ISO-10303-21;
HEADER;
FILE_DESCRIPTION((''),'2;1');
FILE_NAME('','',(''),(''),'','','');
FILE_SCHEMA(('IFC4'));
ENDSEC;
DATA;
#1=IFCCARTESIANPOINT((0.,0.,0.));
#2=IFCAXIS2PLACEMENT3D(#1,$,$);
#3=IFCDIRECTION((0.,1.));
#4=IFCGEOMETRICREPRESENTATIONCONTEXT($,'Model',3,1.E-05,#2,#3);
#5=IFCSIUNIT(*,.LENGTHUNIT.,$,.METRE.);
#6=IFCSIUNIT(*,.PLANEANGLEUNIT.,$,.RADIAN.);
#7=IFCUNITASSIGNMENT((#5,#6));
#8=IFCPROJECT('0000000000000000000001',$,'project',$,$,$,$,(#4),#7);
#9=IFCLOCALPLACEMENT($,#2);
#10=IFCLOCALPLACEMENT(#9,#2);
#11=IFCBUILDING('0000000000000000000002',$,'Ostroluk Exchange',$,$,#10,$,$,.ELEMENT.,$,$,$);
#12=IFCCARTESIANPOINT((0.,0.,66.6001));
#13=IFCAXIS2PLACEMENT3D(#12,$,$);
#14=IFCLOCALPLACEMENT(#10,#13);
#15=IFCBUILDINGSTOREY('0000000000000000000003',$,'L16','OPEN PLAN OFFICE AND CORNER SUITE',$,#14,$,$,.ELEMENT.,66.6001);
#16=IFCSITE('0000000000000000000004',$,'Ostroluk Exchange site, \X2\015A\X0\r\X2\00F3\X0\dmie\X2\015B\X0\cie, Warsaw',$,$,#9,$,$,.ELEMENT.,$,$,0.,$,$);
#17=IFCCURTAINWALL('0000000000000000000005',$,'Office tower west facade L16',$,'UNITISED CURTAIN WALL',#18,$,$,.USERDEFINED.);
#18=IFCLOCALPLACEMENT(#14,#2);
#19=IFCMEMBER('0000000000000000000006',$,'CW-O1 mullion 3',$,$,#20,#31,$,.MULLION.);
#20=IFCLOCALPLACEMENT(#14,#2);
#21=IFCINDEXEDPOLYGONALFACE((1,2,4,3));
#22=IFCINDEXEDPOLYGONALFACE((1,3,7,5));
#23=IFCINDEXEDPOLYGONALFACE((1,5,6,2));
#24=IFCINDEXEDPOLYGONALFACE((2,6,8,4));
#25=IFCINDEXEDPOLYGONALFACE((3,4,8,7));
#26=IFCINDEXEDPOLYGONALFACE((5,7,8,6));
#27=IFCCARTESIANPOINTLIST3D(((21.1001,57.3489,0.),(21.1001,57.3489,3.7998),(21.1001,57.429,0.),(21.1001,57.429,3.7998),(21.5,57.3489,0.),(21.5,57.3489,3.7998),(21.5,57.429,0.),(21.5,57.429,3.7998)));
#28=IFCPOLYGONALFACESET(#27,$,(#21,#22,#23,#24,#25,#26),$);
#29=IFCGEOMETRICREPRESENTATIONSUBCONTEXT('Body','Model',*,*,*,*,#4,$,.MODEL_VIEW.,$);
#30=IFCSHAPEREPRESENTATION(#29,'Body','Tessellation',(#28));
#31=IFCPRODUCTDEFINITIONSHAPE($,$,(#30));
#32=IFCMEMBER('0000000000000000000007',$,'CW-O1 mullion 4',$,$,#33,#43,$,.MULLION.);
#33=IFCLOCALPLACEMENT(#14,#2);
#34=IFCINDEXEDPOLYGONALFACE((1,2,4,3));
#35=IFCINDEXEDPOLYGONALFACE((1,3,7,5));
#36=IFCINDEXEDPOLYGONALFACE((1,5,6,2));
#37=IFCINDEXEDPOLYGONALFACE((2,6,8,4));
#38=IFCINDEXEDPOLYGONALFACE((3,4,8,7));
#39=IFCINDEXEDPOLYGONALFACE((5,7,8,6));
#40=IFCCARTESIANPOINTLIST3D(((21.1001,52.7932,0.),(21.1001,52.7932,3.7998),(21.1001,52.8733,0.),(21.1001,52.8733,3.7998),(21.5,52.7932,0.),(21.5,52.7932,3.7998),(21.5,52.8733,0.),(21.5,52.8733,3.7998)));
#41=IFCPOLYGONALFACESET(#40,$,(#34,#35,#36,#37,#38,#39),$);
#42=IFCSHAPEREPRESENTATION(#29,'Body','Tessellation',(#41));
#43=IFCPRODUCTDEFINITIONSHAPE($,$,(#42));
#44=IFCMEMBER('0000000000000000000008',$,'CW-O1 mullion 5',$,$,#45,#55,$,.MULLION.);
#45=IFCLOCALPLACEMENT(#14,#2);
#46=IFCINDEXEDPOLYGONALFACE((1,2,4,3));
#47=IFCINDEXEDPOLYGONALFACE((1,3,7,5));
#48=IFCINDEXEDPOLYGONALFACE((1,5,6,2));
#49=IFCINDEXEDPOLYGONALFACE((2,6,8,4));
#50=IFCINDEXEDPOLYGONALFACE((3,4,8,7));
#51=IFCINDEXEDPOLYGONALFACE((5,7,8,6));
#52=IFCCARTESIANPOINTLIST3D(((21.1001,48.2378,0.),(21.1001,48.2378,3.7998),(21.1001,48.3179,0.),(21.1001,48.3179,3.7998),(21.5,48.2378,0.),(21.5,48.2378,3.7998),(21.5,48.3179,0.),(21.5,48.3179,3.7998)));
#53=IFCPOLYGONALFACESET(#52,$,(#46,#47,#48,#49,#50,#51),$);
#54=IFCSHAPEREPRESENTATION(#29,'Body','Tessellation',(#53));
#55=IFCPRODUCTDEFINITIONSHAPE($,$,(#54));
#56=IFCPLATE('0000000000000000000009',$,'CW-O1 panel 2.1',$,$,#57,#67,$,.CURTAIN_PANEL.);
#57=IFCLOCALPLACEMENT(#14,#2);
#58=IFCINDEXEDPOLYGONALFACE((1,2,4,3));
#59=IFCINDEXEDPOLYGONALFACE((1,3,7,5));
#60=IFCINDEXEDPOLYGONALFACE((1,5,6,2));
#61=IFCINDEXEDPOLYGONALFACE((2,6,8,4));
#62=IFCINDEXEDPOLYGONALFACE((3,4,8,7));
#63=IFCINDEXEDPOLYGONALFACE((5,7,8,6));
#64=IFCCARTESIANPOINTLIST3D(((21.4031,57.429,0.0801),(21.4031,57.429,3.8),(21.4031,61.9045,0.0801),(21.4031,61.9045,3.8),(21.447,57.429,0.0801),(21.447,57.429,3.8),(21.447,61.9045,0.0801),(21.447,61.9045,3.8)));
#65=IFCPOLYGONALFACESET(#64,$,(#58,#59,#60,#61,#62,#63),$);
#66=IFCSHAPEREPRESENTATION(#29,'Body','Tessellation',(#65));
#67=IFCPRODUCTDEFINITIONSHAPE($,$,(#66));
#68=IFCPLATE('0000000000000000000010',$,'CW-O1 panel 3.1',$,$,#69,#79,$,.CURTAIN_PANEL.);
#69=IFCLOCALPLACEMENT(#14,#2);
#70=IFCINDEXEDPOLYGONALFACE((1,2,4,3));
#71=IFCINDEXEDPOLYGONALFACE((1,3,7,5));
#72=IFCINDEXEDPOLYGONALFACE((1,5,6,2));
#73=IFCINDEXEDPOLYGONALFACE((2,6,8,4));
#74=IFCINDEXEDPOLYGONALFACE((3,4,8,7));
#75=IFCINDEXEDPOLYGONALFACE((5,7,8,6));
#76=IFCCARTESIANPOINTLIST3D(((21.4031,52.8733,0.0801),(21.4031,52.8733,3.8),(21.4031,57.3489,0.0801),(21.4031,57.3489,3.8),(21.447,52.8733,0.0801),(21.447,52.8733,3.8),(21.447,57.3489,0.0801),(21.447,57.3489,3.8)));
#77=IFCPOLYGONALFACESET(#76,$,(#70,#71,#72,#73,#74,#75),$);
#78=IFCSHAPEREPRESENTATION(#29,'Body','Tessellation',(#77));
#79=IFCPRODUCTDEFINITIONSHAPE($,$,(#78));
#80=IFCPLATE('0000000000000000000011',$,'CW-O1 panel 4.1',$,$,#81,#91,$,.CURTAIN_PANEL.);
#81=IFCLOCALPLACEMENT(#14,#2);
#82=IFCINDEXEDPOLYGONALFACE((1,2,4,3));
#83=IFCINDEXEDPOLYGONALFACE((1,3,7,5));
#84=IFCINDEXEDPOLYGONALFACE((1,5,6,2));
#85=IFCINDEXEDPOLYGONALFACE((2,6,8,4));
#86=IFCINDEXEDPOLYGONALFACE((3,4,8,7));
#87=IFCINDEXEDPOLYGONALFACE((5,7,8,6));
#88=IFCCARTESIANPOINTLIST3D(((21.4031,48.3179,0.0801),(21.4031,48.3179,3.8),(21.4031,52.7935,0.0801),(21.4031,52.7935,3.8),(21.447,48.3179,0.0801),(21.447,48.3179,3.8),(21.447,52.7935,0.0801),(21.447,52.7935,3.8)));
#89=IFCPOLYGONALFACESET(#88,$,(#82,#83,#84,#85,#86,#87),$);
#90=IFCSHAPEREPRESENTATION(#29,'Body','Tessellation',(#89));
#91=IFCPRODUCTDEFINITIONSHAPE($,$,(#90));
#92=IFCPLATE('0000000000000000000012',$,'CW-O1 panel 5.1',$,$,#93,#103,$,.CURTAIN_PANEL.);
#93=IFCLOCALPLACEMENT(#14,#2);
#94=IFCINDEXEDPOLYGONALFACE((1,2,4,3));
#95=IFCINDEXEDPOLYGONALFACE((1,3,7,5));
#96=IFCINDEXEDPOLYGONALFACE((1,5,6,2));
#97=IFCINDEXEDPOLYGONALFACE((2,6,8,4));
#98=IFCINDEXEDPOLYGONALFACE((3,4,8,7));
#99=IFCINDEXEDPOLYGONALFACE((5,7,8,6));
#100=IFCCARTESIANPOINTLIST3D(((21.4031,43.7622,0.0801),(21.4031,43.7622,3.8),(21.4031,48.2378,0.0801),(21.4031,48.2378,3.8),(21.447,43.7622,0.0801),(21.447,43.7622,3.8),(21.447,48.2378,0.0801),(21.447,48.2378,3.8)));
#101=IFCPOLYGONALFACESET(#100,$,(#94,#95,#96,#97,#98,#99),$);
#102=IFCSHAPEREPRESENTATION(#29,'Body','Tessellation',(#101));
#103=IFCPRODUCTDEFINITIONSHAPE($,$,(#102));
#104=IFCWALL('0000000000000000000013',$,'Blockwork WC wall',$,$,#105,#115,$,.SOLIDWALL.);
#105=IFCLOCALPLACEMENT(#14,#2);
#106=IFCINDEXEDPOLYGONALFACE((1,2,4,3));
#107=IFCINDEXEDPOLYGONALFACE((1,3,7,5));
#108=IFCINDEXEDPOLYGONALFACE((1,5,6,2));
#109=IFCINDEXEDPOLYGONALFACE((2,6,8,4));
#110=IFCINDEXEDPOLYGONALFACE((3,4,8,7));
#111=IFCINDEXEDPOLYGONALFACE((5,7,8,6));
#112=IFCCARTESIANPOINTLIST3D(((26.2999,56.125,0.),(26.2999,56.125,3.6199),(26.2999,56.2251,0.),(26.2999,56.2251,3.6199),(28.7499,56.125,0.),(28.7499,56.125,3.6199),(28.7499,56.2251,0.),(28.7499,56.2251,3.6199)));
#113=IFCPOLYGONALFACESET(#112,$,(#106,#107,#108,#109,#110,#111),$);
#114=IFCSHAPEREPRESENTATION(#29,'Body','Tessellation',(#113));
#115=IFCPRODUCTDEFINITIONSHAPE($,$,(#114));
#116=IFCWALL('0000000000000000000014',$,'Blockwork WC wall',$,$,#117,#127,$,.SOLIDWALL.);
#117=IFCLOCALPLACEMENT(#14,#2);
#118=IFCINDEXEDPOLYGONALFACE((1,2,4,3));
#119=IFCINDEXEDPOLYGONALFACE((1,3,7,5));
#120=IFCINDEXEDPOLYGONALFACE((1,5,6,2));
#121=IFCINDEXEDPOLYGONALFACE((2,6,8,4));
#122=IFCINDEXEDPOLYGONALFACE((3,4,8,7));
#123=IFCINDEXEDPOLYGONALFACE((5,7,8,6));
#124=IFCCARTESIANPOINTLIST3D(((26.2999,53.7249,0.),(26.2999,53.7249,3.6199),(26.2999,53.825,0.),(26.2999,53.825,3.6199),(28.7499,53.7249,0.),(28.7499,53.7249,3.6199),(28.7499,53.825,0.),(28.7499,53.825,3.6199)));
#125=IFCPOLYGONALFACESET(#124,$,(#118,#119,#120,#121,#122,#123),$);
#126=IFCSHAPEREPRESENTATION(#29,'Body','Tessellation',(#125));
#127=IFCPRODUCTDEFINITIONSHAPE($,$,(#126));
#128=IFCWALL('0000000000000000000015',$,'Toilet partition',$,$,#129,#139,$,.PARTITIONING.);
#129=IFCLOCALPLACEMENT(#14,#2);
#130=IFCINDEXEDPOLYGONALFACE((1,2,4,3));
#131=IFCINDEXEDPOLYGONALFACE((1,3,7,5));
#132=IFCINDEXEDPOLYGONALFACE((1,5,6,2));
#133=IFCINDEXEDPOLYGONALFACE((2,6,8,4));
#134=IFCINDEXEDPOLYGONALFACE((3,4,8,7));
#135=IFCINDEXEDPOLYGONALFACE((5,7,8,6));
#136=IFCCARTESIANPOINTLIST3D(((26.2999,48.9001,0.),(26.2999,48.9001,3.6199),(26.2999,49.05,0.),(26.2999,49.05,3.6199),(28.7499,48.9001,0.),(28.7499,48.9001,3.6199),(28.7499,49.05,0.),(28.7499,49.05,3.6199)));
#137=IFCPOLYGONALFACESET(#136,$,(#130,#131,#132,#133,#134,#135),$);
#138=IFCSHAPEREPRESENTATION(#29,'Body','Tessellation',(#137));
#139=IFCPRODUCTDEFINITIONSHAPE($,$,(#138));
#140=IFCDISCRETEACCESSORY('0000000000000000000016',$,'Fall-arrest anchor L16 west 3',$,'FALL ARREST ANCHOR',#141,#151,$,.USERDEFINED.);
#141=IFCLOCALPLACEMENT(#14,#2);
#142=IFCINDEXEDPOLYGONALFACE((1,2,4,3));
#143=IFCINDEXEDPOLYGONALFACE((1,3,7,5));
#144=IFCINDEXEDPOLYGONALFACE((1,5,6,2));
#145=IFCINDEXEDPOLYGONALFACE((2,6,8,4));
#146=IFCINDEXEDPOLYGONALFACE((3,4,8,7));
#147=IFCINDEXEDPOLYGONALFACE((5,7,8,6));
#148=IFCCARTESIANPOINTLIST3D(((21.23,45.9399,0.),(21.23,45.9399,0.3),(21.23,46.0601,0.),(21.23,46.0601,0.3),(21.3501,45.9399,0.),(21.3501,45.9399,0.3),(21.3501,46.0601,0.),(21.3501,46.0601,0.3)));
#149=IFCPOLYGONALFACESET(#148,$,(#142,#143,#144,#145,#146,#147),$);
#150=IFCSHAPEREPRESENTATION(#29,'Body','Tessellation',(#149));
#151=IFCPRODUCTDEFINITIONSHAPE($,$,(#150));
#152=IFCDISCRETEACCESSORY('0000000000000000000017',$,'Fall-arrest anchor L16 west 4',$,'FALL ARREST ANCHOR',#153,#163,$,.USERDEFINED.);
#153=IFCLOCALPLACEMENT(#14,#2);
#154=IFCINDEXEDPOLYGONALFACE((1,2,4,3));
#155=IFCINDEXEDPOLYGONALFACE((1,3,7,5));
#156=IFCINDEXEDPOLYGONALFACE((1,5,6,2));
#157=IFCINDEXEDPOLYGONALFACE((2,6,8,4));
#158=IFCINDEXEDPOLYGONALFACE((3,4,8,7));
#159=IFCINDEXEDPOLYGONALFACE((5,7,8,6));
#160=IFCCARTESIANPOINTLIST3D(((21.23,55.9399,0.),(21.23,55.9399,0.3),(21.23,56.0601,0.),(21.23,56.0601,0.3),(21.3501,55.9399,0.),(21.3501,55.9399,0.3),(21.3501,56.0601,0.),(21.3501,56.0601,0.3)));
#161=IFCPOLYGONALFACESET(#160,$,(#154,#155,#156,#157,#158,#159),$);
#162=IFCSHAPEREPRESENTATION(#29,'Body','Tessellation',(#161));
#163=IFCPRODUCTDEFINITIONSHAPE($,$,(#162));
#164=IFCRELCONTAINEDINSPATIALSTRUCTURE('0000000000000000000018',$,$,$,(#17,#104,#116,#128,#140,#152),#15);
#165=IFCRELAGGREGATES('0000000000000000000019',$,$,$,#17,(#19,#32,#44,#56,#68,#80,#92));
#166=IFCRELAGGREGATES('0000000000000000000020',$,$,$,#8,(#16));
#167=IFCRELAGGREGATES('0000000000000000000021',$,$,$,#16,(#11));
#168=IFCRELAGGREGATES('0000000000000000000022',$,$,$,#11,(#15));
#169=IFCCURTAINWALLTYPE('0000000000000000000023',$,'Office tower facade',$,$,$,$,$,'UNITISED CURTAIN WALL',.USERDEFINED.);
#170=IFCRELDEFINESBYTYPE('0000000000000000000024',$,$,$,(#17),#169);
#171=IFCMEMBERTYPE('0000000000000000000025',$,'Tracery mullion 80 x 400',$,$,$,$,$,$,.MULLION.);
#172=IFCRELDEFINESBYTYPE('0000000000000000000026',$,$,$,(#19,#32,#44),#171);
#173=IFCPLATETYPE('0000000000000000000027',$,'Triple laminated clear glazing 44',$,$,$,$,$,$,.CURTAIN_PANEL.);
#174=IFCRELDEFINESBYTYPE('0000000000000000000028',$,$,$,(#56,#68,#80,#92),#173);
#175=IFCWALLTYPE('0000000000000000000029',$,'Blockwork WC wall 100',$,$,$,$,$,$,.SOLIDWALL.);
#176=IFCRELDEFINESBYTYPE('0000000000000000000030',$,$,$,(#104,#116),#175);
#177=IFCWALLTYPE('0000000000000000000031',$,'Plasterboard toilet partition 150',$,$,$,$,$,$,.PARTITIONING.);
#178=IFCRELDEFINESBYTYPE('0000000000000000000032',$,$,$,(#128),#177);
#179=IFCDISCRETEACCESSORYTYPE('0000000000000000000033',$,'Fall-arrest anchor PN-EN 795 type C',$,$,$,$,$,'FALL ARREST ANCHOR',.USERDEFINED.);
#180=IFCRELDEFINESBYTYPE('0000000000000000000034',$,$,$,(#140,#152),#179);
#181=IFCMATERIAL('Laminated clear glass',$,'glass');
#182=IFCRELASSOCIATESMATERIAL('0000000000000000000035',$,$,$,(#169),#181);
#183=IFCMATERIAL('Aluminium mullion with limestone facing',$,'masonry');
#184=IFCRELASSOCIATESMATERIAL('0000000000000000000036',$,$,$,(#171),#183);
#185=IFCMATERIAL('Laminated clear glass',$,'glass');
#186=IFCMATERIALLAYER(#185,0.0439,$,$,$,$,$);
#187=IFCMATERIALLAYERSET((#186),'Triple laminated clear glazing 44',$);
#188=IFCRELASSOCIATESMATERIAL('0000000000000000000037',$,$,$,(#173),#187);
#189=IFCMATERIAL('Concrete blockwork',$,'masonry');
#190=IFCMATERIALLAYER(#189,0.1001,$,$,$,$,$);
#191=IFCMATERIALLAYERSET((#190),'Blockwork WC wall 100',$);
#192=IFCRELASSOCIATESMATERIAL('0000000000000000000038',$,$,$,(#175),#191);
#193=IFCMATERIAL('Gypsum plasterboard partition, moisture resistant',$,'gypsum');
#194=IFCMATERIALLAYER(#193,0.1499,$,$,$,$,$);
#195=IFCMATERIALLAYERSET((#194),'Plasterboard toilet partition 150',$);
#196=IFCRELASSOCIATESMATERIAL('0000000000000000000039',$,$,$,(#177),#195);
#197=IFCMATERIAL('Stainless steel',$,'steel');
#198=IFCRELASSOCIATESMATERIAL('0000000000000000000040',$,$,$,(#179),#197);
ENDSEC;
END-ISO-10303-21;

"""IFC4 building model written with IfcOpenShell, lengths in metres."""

from ifc_helpers import new_model, si_unit, direction, frame, frame_2d, origin, origin_2d, place, context, subcontext, project, spatial, rectangle, extrude, material, layer, layer_set, material_profile, profile_set, type_object, element, aggregate, save


model = new_model("IFC4")

# Units and contexts
model_context = context("Model", 3, precision=1e-05, world=origin(), true_north=direction((0.0, 1.0)))
body_context = subcontext(model_context, "Body", "Model", "MODEL_VIEW")
ifc_project = project(units=[si_unit("LENGTHUNIT", "METRE"), si_unit("PLANEANGLEUNIT", "RADIAN")], contexts=[model_context])

# Site, building, storey
site_placement = place(None, origin())
site = spatial("IfcSite", under=ifc_project, at=site_placement, Name="Ostroluk Exchange site, Śródmieście, Warsaw", CompositionType="ELEMENT", RefElevation=0.0)
building_placement = place(site_placement, origin())
building = spatial("IfcBuilding", under=site, at=building_placement, Name="Ostroluk Exchange", CompositionType="ELEMENT")
storey_placement = place(building_placement, frame((0.0, 0.0, 66.6001)))
storey = spatial("IfcBuildingStorey", under=building, at=storey_placement, Name="L16", Description="OPEN PLAN OFFICE AND CORNER SUITE", CompositionType="ELEMENT", Elevation=66.6001)

# Curtain wall, members, plates
ifc_material_1 = material(Name="Laminated clear glass", Category="glass")
curtain_wall_type = type_object("IfcCurtainWallType", Name="Office tower facade", ElementType="UNITISED CURTAIN WALL", PredefinedType="USERDEFINED", material=ifc_material_1)
curtain_wall_placement = place(storey_placement, origin())
curtain_wall = element("IfcCurtainWall", 1, at=curtain_wall_placement, inside=storey, type_object=curtain_wall_type, Name="Office tower west facade L16", ObjectType="UNITISED CURTAIN WALL", PredefinedType="USERDEFINED")
ifc_material_2 = material(Name="Aluminium mullion with limestone facing", Category="masonry")
ifc_material_profile_1 = material_profile(ifc_material_2, rectangle(XDim=0.3999, YDim=0.0801, at=origin_2d()), Name="Tracery mullion 80 x 400")
ifc_profile_set_1 = profile_set([ifc_material_profile_1], Name="Aluminium mullion with limestone facing")
member_type_1 = type_object("IfcMemberType", Name="Tracery mullion 80 x 400", PredefinedType="MULLION", material=ifc_profile_set_1)
member_1_placement = place(storey_placement, frame((21.3, 57.3889, 0.0), z_axis=(0.0, 0.0, 1.0), x_axis=(1.0, 0.0, 0.0)))
member_1 = element("IfcMember", 2, at=member_1_placement, type_object=member_type_1, Name="CW-O1 mullion 3", PredefinedType="MULLION", context=body_context, shape_type="SweptSolid", body=[
    extrude(rectangle(XDim=0.3999, YDim=0.0801, at=origin_2d()), origin(), (0.0, 0.0, 1.0), 3.7998),
])
member_2_placement = place(storey_placement, frame((21.3, 52.8333, 0.0), z_axis=(0.0, 0.0, 1.0), x_axis=(1.0, 0.0, 0.0)))
member_2 = element("IfcMember", 3, at=member_2_placement, type_object=member_type_1, Name="CW-O1 mullion 4", PredefinedType="MULLION", context=body_context, shape_type="SweptSolid", body=[
    extrude(rectangle(XDim=0.3999, YDim=0.0801, at=origin_2d()), origin(), (0.0, 0.0, 1.0), 3.7998),
])
member_3_placement = place(storey_placement, frame((21.3, 48.2778, 0.0), z_axis=(0.0, 0.0, 1.0), x_axis=(1.0, 0.0, 0.0)))
member_3 = element("IfcMember", 4, at=member_3_placement, type_object=member_type_1, Name="CW-O1 mullion 5", PredefinedType="MULLION", context=body_context, shape_type="SweptSolid", body=[
    extrude(rectangle(XDim=0.3999, YDim=0.0801, at=origin_2d()), origin(), (0.0, 0.0, 1.0), 3.7998),
])
ifc_material_3 = material(Name="Laminated clear glass", Category="glass")
ifc_layer_1 = layer(ifc_material_3, 0.0439)
ifc_layer_set_1 = layer_set([ifc_layer_1], Name="Triple laminated clear glazing 44")
plate_type = type_object("IfcPlateType", Name="Triple laminated clear glazing 44", PredefinedType="CURTAIN_PANEL", material=ifc_layer_set_1)
plate_1_placement = place(storey_placement, frame((21.425, 59.6667, 0.0801), z_axis=(0.0, 0.0, 1.0), x_axis=(0.0, -1.0, 0.0)))
plate_1 = element("IfcPlate", 5, at=plate_1_placement, type_object=plate_type, Name="CW-O1 panel 2.1", PredefinedType="CURTAIN_PANEL", context=body_context, shape_type="SweptSolid", body=[
    extrude(rectangle(XDim=4.4756, YDim=0.0439, at=origin_2d()), origin(), (0.0, 0.0, 1.0), 3.72),
])
plate_2_placement = place(storey_placement, frame((21.425, 55.1111, 0.0801), z_axis=(0.0, 0.0, 1.0), x_axis=(0.0, -1.0, 0.0)))
plate_2 = element("IfcPlate", 6, at=plate_2_placement, type_object=plate_type, Name="CW-O1 panel 3.1", PredefinedType="CURTAIN_PANEL", context=body_context, shape_type="SweptSolid", body=[
    extrude(rectangle(XDim=4.4756, YDim=0.0439, at=origin_2d()), origin(), (0.0, 0.0, 1.0), 3.72),
])
plate_3_placement = place(storey_placement, frame((21.425, 50.5557, 0.0801), z_axis=(0.0, 0.0, 1.0), x_axis=(0.0, -1.0, 0.0)))
plate_3 = element("IfcPlate", 7, at=plate_3_placement, type_object=plate_type, Name="CW-O1 panel 4.1", PredefinedType="CURTAIN_PANEL", context=body_context, shape_type="SweptSolid", body=[
    extrude(rectangle(XDim=4.4756, YDim=0.0439, at=origin_2d()), origin(), (0.0, 0.0, 1.0), 3.72),
])
plate_4_placement = place(storey_placement, frame((21.425, 46.0, 0.0801), z_axis=(0.0, 0.0, 1.0), x_axis=(0.0, -1.0, 0.0)))
plate_4 = element("IfcPlate", 8, at=plate_4_placement, type_object=plate_type, Name="CW-O1 panel 5.1", PredefinedType="CURTAIN_PANEL", context=body_context, shape_type="SweptSolid", body=[
    extrude(rectangle(XDim=4.4756, YDim=0.0439, at=origin_2d()), origin(), (0.0, 0.0, 1.0), 3.72),
])
aggregate(curtain_wall, [member_1, member_2, member_3, plate_1, plate_2, plate_3, plate_4])

# Walls
ifc_material_4 = material(Name="Concrete blockwork", Category="masonry")
ifc_layer_2 = layer(ifc_material_4, 0.1001)
ifc_layer_set_2 = layer_set([ifc_layer_2], Name="Blockwork WC wall 100")
wall_type_1 = type_object("IfcWallType", Name="Blockwork WC wall 100", PredefinedType="SOLIDWALL", material=ifc_layer_set_2)
for number, where, z_axis, x_axis, name in (
    (9, (28.75, 56.175, 0.0), (0.0, 0.0, 1.0), (-1.0, 0.0, 0.0), "Blockwork WC wall"),
    (10, (28.75, 53.7749, 0.0), (0.0, 0.0, 1.0), (-1.0, 0.0, 0.0), "Blockwork WC wall"),
):
    element("IfcWall", number, at=place(storey_placement, frame(where, z_axis=z_axis, x_axis=x_axis)), inside=storey, type_object=wall_type_1, Name=name, PredefinedType="SOLIDWALL", context=body_context, shape_type="SweptSolid", body=[
        extrude(rectangle(XDim=2.45, YDim=0.1001, at=frame_2d((1.2251, 0.0))), origin(), (0.0, 0.0, 1.0), 3.6199),
    ])
ifc_material_5 = material(Name="Gypsum plasterboard partition, moisture resistant", Category="gypsum")
ifc_layer_3 = layer(ifc_material_5, 0.1499)
ifc_layer_set_3 = layer_set([ifc_layer_3], Name="Plasterboard toilet partition 150")
wall_type_2 = type_object("IfcWallType", Name="Plasterboard toilet partition 150", PredefinedType="PARTITIONING", material=ifc_layer_set_3)
wall_placement = place(storey_placement, frame((28.75, 48.9751, 0.0), z_axis=(0.0, 0.0, 1.0), x_axis=(-1.0, 0.0, 0.0)))
element("IfcWall", 11, at=wall_placement, inside=storey, type_object=wall_type_2, Name="Toilet partition", PredefinedType="PARTITIONING", context=body_context, shape_type="SweptSolid", body=[
    extrude(rectangle(XDim=2.45, YDim=0.1499, at=frame_2d((1.2251, 0.0))), origin(), (0.0, 0.0, 1.0), 3.6199),
])

# Discrete accessories
ifc_material_6 = material(Name="Stainless steel", Category="steel")
discrete_accessory_type = type_object("IfcDiscreteAccessoryType", Name="Fall-arrest anchor PN-EN 795 type C", ElementType="FALL ARREST ANCHOR", PredefinedType="USERDEFINED", material=ifc_material_6)
for number, where, z_axis, x_axis, name in (
    (12, (21.29, 46.0, 0.0), (0.0, 0.0, 1.0), (1.0, 0.0, 0.0), "Fall-arrest anchor L16 west 3"),
    (13, (21.29, 56.0, 0.0), (0.0, 0.0, 1.0), (1.0, 0.0, 0.0), "Fall-arrest anchor L16 west 4"),
):
    element("IfcDiscreteAccessory", number, at=place(storey_placement, frame(where, z_axis=z_axis, x_axis=x_axis)), inside=storey, type_object=discrete_accessory_type, Name=name, ObjectType="FALL ARREST ANCHOR", PredefinedType="USERDEFINED", context=body_context, shape_type="SweptSolid", body=[
        extrude(rectangle(XDim=0.1201, YDim=0.1201, at=origin_2d()), origin(), (0.0, 0.0, 1.0), 0.3),
    ])

save(model, "model.ifc")
